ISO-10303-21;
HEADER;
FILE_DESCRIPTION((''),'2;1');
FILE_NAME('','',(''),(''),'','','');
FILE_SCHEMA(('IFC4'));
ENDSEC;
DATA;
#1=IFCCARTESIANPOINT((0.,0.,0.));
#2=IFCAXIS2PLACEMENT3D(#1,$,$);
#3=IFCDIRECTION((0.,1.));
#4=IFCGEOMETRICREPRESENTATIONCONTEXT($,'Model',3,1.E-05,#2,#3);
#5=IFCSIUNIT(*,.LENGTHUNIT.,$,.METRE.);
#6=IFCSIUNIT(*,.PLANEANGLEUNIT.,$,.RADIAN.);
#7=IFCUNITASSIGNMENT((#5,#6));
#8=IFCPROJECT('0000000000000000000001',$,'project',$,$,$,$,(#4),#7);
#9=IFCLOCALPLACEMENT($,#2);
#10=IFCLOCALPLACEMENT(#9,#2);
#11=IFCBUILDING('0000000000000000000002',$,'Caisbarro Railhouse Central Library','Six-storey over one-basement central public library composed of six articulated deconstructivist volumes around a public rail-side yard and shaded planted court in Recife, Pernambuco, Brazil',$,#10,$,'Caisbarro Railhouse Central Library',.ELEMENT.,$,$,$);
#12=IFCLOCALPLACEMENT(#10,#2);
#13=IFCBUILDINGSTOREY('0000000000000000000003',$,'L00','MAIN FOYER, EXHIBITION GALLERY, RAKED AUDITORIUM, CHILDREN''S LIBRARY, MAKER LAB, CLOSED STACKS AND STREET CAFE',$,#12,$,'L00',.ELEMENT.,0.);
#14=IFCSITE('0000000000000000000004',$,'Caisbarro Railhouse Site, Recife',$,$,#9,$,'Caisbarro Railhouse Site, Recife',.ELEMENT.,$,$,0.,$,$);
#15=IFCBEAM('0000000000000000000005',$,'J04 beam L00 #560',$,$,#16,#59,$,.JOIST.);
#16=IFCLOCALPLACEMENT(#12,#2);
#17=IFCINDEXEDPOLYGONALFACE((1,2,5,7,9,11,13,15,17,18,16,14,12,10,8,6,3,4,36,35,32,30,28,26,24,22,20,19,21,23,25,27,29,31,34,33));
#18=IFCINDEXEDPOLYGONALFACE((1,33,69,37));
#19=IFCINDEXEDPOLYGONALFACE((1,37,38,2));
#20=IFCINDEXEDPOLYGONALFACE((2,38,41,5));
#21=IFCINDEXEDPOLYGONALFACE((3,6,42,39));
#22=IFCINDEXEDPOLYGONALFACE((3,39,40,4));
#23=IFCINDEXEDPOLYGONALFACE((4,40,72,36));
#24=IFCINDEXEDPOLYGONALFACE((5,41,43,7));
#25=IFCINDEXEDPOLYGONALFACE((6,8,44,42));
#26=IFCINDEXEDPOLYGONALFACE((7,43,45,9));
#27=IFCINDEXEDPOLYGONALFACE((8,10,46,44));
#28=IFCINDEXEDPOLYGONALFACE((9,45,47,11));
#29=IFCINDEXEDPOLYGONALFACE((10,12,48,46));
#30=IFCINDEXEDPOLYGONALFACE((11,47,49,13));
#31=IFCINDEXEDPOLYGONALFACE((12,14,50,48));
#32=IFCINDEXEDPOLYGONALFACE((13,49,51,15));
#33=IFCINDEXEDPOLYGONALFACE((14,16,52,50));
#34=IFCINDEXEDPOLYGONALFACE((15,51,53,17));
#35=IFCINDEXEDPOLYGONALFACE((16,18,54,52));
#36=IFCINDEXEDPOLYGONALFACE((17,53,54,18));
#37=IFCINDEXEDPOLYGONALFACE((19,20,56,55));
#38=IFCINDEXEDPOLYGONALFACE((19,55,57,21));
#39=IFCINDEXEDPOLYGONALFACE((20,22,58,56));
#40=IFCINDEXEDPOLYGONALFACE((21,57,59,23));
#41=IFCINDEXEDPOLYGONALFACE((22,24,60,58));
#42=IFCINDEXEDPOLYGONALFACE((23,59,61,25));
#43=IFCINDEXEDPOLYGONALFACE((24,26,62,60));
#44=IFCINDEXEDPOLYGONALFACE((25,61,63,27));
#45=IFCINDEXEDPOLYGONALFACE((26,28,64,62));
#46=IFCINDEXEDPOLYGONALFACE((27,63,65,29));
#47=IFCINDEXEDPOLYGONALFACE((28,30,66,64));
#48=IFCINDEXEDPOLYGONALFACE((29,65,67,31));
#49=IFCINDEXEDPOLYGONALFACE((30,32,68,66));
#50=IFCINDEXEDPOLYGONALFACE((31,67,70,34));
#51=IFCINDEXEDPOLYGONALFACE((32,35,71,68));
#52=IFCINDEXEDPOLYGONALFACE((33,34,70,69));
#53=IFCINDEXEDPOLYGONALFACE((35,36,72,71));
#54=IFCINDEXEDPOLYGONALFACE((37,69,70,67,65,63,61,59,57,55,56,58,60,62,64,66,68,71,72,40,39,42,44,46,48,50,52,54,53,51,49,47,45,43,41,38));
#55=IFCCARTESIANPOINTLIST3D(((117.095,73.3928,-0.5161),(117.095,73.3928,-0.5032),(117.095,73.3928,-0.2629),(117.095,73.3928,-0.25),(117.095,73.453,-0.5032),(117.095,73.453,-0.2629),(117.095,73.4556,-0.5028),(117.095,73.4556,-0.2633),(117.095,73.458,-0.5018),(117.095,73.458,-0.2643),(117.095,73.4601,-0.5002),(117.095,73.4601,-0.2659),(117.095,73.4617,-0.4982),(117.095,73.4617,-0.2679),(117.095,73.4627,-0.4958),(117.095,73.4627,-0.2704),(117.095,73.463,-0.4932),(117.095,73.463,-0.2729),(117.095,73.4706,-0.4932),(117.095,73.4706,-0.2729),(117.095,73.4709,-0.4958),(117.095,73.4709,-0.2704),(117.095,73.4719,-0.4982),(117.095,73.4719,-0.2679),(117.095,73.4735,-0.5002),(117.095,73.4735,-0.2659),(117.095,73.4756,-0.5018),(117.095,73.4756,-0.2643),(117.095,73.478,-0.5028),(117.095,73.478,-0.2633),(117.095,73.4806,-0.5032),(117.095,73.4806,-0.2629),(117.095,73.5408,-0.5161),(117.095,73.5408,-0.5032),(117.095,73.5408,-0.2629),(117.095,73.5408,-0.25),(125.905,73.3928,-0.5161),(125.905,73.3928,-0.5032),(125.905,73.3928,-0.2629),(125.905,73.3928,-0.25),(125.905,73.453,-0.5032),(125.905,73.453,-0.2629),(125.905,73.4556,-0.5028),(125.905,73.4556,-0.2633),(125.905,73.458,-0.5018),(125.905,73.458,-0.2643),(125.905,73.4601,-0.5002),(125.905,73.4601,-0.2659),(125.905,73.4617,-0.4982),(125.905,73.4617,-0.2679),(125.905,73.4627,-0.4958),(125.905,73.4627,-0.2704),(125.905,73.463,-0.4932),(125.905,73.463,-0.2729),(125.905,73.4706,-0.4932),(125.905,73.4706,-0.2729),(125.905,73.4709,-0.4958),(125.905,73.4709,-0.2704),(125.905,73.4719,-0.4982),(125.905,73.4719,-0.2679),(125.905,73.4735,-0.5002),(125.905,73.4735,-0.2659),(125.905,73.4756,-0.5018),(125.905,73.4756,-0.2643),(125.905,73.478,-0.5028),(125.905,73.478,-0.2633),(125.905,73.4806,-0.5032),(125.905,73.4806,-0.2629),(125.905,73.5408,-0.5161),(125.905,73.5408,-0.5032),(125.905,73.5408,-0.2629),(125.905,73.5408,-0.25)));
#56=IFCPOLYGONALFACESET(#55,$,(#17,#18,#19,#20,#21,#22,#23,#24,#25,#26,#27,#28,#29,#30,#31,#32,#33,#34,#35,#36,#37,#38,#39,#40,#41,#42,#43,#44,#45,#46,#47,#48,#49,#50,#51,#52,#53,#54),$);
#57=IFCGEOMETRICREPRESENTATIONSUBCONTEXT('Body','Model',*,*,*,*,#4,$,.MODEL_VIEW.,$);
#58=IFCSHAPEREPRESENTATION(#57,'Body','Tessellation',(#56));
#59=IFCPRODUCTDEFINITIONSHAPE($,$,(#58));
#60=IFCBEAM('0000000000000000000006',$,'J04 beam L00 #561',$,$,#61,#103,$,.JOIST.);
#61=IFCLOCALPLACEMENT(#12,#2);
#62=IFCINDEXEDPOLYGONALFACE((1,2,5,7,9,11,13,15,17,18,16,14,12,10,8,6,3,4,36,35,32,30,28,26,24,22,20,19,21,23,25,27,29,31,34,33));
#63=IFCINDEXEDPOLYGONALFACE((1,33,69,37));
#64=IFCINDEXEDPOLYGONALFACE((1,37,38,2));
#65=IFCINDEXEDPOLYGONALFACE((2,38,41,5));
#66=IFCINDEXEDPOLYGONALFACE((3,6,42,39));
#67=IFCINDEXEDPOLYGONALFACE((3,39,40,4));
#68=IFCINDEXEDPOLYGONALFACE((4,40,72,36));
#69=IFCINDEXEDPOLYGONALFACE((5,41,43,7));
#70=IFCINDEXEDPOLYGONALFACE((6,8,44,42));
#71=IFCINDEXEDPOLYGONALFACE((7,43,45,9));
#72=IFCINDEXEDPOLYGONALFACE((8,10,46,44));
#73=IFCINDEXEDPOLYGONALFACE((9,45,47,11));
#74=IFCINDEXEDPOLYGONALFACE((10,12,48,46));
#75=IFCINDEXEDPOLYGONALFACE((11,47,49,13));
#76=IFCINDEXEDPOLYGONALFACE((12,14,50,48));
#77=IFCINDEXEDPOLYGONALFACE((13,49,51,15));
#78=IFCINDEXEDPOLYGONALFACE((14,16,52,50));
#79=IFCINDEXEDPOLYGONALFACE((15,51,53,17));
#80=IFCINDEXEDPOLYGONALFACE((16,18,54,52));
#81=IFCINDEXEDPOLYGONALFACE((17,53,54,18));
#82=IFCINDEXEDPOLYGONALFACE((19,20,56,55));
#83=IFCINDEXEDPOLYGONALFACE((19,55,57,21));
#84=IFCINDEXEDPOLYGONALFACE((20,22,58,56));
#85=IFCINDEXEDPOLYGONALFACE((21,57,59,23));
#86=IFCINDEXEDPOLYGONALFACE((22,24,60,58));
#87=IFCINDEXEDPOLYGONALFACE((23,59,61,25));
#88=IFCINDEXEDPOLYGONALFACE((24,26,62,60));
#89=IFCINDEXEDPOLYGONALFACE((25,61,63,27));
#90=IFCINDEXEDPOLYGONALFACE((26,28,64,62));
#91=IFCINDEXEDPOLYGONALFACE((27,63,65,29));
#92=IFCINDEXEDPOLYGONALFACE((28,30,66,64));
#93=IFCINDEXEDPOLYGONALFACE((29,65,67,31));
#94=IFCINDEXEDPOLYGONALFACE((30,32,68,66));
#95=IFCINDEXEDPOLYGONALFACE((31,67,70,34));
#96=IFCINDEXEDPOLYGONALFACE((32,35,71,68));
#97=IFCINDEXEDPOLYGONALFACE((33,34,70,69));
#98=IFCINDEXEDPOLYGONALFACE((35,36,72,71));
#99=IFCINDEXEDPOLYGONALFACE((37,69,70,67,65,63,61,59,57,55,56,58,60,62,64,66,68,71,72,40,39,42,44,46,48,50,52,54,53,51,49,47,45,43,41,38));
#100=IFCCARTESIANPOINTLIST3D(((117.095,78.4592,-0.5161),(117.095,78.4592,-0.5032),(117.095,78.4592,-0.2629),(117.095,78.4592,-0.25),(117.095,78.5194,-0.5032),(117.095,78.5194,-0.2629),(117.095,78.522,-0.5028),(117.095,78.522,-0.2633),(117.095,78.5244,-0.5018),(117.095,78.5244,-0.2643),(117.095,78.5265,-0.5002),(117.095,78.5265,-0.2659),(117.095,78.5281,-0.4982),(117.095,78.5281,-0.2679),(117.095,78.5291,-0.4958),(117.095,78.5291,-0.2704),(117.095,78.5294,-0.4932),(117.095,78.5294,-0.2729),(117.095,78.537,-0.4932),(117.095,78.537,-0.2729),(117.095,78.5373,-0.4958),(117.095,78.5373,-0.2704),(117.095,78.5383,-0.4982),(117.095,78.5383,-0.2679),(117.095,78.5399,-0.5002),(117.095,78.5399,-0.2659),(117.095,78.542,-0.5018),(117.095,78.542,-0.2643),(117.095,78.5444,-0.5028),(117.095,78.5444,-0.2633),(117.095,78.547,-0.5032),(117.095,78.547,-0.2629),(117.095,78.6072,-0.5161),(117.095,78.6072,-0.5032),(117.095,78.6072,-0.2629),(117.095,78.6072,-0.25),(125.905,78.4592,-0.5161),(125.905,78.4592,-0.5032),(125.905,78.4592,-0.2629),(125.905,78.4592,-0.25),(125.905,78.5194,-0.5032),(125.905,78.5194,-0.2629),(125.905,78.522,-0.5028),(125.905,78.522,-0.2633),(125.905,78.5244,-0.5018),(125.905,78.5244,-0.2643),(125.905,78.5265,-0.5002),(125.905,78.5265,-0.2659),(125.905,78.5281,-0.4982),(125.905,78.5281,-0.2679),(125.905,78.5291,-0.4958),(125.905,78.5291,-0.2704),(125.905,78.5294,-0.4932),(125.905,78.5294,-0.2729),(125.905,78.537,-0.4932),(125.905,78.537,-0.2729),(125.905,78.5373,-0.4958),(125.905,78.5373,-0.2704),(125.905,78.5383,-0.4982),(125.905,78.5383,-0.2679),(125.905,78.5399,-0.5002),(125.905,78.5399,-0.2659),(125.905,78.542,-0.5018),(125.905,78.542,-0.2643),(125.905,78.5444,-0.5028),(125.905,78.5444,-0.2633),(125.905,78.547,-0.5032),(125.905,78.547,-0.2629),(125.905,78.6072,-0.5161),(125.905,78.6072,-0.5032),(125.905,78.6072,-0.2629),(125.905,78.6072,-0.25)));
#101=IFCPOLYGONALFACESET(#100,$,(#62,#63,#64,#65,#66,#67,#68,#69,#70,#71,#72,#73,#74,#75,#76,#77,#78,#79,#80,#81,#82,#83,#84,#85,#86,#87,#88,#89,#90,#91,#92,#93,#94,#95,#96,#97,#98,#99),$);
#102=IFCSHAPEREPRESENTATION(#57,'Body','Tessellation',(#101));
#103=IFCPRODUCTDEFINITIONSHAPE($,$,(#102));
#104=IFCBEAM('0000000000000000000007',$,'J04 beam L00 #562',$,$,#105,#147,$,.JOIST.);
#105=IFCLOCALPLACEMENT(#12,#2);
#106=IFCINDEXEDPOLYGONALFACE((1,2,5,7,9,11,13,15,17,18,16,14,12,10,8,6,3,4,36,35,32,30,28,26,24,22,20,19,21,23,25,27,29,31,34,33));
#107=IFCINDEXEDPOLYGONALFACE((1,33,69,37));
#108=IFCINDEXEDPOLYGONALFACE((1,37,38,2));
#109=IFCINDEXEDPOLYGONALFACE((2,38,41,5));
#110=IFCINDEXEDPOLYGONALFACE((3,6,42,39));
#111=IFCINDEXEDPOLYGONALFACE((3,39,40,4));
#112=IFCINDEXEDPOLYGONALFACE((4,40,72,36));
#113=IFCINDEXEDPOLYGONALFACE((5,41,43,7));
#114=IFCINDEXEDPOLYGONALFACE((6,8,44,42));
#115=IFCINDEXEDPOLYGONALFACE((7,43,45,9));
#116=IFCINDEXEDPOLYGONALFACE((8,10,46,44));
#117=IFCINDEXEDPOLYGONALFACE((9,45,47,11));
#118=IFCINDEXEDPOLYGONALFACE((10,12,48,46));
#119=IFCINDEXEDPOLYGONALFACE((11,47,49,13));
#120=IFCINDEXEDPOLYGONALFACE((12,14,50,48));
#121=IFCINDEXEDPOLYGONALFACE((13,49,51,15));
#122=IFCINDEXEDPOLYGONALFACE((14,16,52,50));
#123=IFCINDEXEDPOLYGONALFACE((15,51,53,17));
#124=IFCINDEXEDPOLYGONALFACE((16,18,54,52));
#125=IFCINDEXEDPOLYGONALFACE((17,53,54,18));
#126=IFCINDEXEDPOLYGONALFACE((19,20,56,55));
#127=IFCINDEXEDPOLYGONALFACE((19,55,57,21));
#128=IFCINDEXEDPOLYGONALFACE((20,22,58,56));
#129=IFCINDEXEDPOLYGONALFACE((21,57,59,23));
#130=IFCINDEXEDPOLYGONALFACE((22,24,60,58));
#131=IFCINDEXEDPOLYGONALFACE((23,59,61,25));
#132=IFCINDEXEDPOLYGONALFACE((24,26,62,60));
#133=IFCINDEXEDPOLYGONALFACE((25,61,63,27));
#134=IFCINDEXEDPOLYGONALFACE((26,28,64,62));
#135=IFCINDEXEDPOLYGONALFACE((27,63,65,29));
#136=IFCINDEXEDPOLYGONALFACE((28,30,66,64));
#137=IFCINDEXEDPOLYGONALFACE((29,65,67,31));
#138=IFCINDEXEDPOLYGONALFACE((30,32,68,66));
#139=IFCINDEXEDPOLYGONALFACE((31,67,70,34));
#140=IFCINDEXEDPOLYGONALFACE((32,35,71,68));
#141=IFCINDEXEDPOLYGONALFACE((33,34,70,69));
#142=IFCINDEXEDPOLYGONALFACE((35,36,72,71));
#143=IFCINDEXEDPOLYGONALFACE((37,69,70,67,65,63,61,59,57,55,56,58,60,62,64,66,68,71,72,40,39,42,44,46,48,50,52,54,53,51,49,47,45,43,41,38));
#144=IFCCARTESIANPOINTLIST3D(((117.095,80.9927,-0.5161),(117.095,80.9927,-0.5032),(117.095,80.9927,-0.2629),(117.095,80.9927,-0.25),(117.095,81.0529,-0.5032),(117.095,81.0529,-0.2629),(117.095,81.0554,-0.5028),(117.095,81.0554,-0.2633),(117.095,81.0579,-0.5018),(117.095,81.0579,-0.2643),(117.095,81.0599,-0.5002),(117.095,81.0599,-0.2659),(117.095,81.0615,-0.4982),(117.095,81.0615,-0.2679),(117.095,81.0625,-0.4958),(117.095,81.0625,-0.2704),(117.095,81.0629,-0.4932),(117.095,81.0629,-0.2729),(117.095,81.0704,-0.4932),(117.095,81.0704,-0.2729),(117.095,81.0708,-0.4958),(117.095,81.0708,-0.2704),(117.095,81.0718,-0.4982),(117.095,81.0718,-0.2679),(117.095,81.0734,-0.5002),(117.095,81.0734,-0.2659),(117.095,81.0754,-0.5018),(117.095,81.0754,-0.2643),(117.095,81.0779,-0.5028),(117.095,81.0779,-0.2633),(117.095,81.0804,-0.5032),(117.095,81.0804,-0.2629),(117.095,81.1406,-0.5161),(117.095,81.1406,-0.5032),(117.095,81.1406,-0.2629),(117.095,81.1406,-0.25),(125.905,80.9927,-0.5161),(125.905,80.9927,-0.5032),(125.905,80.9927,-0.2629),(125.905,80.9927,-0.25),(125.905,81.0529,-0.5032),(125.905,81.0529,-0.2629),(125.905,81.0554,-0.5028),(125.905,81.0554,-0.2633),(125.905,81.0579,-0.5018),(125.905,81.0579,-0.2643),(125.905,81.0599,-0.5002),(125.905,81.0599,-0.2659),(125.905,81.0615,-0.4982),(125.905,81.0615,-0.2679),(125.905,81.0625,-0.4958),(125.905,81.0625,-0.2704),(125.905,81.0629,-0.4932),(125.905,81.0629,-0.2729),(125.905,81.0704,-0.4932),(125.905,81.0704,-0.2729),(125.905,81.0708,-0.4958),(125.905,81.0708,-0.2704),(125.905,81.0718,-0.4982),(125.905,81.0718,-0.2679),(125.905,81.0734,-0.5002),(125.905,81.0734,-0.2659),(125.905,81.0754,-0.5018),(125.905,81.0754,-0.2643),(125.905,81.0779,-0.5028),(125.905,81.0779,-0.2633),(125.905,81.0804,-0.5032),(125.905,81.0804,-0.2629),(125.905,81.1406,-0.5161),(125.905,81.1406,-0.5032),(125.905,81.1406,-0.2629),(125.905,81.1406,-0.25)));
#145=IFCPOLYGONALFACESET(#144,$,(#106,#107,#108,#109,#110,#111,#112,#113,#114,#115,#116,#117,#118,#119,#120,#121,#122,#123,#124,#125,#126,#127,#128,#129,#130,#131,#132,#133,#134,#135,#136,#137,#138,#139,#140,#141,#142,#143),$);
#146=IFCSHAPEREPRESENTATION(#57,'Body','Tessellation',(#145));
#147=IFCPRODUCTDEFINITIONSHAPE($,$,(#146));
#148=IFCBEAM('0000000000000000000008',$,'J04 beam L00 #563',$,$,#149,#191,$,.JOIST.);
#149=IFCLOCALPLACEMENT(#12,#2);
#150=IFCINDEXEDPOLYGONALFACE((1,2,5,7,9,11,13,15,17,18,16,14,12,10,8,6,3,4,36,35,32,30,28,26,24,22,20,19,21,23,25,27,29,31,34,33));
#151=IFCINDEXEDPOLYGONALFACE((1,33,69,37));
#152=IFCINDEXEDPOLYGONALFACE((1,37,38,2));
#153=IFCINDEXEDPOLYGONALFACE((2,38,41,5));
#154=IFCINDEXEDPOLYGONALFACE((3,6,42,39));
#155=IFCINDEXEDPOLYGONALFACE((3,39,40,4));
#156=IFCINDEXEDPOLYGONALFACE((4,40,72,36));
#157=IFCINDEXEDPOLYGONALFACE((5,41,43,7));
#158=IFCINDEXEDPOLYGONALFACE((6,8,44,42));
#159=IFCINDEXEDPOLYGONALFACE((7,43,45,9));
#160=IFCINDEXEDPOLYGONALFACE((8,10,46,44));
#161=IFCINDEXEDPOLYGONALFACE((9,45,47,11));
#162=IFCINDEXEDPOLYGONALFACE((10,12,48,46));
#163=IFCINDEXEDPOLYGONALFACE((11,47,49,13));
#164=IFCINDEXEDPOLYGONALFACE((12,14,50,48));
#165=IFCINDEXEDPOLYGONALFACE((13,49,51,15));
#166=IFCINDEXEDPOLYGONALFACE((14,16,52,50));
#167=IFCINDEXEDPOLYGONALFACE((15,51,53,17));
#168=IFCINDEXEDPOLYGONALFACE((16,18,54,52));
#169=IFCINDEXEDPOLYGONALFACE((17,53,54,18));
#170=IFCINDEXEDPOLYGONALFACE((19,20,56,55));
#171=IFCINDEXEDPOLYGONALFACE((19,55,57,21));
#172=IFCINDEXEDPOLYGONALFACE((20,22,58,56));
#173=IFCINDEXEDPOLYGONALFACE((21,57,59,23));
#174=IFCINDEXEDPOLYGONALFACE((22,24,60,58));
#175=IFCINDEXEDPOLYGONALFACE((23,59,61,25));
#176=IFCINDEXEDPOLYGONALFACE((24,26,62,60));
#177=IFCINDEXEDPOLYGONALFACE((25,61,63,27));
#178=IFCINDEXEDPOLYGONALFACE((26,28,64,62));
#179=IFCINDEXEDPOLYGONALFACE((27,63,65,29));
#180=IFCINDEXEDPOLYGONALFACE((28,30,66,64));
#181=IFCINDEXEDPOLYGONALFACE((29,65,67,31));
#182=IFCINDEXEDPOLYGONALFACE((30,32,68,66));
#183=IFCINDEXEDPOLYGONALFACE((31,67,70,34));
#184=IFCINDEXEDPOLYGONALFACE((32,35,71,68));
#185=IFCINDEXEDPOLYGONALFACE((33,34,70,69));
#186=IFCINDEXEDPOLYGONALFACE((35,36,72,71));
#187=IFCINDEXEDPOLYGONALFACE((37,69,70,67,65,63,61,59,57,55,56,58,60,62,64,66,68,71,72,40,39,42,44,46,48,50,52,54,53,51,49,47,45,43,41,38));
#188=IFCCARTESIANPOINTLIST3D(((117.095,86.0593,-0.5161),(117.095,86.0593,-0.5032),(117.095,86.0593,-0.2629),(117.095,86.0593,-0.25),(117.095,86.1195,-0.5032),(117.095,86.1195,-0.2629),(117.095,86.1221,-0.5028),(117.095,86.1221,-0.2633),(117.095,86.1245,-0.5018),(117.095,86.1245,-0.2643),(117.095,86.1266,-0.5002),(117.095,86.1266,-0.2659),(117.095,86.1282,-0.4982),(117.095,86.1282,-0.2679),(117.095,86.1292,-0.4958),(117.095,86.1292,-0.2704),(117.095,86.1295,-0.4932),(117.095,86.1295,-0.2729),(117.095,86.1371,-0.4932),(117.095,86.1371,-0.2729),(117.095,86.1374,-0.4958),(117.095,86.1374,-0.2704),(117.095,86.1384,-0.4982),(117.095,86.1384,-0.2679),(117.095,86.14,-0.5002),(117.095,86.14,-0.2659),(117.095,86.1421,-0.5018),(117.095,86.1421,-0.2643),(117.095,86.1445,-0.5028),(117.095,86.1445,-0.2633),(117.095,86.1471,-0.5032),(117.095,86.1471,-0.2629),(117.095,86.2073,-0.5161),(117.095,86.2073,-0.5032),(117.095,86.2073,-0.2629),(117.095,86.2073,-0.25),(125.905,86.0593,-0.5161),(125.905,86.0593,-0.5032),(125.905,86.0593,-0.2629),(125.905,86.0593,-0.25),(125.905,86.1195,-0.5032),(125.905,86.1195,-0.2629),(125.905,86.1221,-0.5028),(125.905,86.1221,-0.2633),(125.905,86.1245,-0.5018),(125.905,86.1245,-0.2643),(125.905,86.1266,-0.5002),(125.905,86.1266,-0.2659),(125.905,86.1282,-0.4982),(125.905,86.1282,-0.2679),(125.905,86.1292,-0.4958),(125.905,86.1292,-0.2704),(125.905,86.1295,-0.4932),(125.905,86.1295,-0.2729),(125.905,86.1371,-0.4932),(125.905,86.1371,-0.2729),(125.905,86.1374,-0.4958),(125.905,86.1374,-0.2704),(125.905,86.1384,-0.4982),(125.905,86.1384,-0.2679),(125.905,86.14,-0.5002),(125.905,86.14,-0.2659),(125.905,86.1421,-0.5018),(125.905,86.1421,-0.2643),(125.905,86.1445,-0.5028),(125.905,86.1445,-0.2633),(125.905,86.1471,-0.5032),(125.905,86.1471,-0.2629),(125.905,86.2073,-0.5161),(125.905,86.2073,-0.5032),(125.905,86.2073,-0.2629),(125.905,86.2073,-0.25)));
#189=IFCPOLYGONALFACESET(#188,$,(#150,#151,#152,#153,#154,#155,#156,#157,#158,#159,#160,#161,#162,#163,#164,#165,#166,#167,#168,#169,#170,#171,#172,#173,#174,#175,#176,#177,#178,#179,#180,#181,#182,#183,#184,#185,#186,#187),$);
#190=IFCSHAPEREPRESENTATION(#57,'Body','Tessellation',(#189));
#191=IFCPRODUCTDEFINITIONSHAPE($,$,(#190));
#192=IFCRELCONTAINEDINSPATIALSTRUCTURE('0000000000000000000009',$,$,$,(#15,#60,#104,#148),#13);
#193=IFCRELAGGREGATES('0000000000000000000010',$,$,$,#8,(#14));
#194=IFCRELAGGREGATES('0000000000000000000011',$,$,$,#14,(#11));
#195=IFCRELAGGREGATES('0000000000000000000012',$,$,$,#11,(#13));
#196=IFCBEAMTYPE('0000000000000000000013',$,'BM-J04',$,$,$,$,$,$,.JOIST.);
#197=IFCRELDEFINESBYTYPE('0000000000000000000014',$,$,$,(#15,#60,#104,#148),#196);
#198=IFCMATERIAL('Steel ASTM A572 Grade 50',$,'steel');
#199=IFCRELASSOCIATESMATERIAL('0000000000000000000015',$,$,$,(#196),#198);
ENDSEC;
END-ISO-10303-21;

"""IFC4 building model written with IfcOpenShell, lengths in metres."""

from ifc_helpers import new_model, si_unit, direction, frame, origin, origin_2d, place, context, subcontext, project, spatial, i_section, extrude, material, material_profile, profile_set, type_object, element, save


model = new_model("IFC4")

# Units and contexts
model_context = context("Model", 3, precision=1e-05, world=origin(), true_north=direction((0.0, 1.0)))
body_context = subcontext(model_context, "Body", "Model", "MODEL_VIEW")
ifc_project = project(units=[si_unit("LENGTHUNIT", "METRE"), si_unit("PLANEANGLEUNIT", "RADIAN")], contexts=[model_context])

# Site, building, storey
site_placement = place(None, origin())
site = spatial("IfcSite", under=ifc_project, at=site_placement, Name="Caisbarro Railhouse Site, Recife", LongName="Caisbarro Railhouse Site, Recife", CompositionType="ELEMENT", RefElevation=0.0)
building_placement = place(site_placement, origin())
building = spatial("IfcBuilding", under=site, at=building_placement, Name="Caisbarro Railhouse Central Library", Description="Six-storey over one-basement central public library composed of six articulated deconstructivist volumes around a public rail-side yard and shaded planted court in Recife, Pernambuco, Brazil", LongName="Caisbarro Railhouse Central Library", CompositionType="ELEMENT")
storey_placement = place(building_placement, origin())
storey = spatial("IfcBuildingStorey", under=building, at=storey_placement, Name="L00", Description="MAIN FOYER, EXHIBITION GALLERY, RAKED AUDITORIUM, CHILDREN'S LIBRARY, MAKER LAB, CLOSED STACKS AND STREET CAFE", LongName="L00", CompositionType="ELEMENT", Elevation=0.0)

# Shared definitions
ifc_material_1 = material(Name="Steel ASTM A572 Grade 50", Category="steel")

# Beams
ifc_material_profile_1 = material_profile(ifc_material_1, i_section(OverallWidth=0.1479, OverallDepth=0.2661, WebThickness=0.0076, FlangeThickness=0.0129, FilletRadius=0.01, at=origin_2d()), Name="W250X44.8")
ifc_profile_set_1 = profile_set([ifc_material_profile_1], Name="Steel ASTM A572 Grade 50")
beam_type_1 = type_object("IfcBeamType", Name="BM-J04", PredefinedType="JOIST", material=ifc_profile_set_1)
for number, where, z_axis, x_axis, name in (
    (1, (117.095, 73.4668, -0.3831), (1.0, 0.0, 0.0), (0.0, 1.0, 0.0), "J04 beam L00 #560"),
    (2, (117.095, 78.5332, -0.3831), (1.0, 0.0, 0.0), (0.0, 1.0, 0.0), "J04 beam L00 #561"),
    (3, (117.095, 81.0667, -0.3831), (1.0, 0.0, 0.0), (0.0, 1.0, 0.0), "J04 beam L00 #562"),
    (4, (117.095, 86.1333, -0.3831), (1.0, 0.0, 0.0), (0.0, 1.0, 0.0), "J04 beam L00 #563"),
):
    element("IfcBeam", number, at=place(storey_placement, frame(where, z_axis=z_axis, x_axis=x_axis)), inside=storey, type_object=beam_type_1, Name=name, PredefinedType="JOIST", context=body_context, shape_type="SweptSolid", body=[
        extrude(i_section(OverallWidth=0.1479, OverallDepth=0.2661, WebThickness=0.0076, FlangeThickness=0.0129, FilletRadius=0.01, at=origin_2d()), origin(), (0.0, 0.0, 1.0), 8.8101),
    ])

save(model, "model.ifc")
